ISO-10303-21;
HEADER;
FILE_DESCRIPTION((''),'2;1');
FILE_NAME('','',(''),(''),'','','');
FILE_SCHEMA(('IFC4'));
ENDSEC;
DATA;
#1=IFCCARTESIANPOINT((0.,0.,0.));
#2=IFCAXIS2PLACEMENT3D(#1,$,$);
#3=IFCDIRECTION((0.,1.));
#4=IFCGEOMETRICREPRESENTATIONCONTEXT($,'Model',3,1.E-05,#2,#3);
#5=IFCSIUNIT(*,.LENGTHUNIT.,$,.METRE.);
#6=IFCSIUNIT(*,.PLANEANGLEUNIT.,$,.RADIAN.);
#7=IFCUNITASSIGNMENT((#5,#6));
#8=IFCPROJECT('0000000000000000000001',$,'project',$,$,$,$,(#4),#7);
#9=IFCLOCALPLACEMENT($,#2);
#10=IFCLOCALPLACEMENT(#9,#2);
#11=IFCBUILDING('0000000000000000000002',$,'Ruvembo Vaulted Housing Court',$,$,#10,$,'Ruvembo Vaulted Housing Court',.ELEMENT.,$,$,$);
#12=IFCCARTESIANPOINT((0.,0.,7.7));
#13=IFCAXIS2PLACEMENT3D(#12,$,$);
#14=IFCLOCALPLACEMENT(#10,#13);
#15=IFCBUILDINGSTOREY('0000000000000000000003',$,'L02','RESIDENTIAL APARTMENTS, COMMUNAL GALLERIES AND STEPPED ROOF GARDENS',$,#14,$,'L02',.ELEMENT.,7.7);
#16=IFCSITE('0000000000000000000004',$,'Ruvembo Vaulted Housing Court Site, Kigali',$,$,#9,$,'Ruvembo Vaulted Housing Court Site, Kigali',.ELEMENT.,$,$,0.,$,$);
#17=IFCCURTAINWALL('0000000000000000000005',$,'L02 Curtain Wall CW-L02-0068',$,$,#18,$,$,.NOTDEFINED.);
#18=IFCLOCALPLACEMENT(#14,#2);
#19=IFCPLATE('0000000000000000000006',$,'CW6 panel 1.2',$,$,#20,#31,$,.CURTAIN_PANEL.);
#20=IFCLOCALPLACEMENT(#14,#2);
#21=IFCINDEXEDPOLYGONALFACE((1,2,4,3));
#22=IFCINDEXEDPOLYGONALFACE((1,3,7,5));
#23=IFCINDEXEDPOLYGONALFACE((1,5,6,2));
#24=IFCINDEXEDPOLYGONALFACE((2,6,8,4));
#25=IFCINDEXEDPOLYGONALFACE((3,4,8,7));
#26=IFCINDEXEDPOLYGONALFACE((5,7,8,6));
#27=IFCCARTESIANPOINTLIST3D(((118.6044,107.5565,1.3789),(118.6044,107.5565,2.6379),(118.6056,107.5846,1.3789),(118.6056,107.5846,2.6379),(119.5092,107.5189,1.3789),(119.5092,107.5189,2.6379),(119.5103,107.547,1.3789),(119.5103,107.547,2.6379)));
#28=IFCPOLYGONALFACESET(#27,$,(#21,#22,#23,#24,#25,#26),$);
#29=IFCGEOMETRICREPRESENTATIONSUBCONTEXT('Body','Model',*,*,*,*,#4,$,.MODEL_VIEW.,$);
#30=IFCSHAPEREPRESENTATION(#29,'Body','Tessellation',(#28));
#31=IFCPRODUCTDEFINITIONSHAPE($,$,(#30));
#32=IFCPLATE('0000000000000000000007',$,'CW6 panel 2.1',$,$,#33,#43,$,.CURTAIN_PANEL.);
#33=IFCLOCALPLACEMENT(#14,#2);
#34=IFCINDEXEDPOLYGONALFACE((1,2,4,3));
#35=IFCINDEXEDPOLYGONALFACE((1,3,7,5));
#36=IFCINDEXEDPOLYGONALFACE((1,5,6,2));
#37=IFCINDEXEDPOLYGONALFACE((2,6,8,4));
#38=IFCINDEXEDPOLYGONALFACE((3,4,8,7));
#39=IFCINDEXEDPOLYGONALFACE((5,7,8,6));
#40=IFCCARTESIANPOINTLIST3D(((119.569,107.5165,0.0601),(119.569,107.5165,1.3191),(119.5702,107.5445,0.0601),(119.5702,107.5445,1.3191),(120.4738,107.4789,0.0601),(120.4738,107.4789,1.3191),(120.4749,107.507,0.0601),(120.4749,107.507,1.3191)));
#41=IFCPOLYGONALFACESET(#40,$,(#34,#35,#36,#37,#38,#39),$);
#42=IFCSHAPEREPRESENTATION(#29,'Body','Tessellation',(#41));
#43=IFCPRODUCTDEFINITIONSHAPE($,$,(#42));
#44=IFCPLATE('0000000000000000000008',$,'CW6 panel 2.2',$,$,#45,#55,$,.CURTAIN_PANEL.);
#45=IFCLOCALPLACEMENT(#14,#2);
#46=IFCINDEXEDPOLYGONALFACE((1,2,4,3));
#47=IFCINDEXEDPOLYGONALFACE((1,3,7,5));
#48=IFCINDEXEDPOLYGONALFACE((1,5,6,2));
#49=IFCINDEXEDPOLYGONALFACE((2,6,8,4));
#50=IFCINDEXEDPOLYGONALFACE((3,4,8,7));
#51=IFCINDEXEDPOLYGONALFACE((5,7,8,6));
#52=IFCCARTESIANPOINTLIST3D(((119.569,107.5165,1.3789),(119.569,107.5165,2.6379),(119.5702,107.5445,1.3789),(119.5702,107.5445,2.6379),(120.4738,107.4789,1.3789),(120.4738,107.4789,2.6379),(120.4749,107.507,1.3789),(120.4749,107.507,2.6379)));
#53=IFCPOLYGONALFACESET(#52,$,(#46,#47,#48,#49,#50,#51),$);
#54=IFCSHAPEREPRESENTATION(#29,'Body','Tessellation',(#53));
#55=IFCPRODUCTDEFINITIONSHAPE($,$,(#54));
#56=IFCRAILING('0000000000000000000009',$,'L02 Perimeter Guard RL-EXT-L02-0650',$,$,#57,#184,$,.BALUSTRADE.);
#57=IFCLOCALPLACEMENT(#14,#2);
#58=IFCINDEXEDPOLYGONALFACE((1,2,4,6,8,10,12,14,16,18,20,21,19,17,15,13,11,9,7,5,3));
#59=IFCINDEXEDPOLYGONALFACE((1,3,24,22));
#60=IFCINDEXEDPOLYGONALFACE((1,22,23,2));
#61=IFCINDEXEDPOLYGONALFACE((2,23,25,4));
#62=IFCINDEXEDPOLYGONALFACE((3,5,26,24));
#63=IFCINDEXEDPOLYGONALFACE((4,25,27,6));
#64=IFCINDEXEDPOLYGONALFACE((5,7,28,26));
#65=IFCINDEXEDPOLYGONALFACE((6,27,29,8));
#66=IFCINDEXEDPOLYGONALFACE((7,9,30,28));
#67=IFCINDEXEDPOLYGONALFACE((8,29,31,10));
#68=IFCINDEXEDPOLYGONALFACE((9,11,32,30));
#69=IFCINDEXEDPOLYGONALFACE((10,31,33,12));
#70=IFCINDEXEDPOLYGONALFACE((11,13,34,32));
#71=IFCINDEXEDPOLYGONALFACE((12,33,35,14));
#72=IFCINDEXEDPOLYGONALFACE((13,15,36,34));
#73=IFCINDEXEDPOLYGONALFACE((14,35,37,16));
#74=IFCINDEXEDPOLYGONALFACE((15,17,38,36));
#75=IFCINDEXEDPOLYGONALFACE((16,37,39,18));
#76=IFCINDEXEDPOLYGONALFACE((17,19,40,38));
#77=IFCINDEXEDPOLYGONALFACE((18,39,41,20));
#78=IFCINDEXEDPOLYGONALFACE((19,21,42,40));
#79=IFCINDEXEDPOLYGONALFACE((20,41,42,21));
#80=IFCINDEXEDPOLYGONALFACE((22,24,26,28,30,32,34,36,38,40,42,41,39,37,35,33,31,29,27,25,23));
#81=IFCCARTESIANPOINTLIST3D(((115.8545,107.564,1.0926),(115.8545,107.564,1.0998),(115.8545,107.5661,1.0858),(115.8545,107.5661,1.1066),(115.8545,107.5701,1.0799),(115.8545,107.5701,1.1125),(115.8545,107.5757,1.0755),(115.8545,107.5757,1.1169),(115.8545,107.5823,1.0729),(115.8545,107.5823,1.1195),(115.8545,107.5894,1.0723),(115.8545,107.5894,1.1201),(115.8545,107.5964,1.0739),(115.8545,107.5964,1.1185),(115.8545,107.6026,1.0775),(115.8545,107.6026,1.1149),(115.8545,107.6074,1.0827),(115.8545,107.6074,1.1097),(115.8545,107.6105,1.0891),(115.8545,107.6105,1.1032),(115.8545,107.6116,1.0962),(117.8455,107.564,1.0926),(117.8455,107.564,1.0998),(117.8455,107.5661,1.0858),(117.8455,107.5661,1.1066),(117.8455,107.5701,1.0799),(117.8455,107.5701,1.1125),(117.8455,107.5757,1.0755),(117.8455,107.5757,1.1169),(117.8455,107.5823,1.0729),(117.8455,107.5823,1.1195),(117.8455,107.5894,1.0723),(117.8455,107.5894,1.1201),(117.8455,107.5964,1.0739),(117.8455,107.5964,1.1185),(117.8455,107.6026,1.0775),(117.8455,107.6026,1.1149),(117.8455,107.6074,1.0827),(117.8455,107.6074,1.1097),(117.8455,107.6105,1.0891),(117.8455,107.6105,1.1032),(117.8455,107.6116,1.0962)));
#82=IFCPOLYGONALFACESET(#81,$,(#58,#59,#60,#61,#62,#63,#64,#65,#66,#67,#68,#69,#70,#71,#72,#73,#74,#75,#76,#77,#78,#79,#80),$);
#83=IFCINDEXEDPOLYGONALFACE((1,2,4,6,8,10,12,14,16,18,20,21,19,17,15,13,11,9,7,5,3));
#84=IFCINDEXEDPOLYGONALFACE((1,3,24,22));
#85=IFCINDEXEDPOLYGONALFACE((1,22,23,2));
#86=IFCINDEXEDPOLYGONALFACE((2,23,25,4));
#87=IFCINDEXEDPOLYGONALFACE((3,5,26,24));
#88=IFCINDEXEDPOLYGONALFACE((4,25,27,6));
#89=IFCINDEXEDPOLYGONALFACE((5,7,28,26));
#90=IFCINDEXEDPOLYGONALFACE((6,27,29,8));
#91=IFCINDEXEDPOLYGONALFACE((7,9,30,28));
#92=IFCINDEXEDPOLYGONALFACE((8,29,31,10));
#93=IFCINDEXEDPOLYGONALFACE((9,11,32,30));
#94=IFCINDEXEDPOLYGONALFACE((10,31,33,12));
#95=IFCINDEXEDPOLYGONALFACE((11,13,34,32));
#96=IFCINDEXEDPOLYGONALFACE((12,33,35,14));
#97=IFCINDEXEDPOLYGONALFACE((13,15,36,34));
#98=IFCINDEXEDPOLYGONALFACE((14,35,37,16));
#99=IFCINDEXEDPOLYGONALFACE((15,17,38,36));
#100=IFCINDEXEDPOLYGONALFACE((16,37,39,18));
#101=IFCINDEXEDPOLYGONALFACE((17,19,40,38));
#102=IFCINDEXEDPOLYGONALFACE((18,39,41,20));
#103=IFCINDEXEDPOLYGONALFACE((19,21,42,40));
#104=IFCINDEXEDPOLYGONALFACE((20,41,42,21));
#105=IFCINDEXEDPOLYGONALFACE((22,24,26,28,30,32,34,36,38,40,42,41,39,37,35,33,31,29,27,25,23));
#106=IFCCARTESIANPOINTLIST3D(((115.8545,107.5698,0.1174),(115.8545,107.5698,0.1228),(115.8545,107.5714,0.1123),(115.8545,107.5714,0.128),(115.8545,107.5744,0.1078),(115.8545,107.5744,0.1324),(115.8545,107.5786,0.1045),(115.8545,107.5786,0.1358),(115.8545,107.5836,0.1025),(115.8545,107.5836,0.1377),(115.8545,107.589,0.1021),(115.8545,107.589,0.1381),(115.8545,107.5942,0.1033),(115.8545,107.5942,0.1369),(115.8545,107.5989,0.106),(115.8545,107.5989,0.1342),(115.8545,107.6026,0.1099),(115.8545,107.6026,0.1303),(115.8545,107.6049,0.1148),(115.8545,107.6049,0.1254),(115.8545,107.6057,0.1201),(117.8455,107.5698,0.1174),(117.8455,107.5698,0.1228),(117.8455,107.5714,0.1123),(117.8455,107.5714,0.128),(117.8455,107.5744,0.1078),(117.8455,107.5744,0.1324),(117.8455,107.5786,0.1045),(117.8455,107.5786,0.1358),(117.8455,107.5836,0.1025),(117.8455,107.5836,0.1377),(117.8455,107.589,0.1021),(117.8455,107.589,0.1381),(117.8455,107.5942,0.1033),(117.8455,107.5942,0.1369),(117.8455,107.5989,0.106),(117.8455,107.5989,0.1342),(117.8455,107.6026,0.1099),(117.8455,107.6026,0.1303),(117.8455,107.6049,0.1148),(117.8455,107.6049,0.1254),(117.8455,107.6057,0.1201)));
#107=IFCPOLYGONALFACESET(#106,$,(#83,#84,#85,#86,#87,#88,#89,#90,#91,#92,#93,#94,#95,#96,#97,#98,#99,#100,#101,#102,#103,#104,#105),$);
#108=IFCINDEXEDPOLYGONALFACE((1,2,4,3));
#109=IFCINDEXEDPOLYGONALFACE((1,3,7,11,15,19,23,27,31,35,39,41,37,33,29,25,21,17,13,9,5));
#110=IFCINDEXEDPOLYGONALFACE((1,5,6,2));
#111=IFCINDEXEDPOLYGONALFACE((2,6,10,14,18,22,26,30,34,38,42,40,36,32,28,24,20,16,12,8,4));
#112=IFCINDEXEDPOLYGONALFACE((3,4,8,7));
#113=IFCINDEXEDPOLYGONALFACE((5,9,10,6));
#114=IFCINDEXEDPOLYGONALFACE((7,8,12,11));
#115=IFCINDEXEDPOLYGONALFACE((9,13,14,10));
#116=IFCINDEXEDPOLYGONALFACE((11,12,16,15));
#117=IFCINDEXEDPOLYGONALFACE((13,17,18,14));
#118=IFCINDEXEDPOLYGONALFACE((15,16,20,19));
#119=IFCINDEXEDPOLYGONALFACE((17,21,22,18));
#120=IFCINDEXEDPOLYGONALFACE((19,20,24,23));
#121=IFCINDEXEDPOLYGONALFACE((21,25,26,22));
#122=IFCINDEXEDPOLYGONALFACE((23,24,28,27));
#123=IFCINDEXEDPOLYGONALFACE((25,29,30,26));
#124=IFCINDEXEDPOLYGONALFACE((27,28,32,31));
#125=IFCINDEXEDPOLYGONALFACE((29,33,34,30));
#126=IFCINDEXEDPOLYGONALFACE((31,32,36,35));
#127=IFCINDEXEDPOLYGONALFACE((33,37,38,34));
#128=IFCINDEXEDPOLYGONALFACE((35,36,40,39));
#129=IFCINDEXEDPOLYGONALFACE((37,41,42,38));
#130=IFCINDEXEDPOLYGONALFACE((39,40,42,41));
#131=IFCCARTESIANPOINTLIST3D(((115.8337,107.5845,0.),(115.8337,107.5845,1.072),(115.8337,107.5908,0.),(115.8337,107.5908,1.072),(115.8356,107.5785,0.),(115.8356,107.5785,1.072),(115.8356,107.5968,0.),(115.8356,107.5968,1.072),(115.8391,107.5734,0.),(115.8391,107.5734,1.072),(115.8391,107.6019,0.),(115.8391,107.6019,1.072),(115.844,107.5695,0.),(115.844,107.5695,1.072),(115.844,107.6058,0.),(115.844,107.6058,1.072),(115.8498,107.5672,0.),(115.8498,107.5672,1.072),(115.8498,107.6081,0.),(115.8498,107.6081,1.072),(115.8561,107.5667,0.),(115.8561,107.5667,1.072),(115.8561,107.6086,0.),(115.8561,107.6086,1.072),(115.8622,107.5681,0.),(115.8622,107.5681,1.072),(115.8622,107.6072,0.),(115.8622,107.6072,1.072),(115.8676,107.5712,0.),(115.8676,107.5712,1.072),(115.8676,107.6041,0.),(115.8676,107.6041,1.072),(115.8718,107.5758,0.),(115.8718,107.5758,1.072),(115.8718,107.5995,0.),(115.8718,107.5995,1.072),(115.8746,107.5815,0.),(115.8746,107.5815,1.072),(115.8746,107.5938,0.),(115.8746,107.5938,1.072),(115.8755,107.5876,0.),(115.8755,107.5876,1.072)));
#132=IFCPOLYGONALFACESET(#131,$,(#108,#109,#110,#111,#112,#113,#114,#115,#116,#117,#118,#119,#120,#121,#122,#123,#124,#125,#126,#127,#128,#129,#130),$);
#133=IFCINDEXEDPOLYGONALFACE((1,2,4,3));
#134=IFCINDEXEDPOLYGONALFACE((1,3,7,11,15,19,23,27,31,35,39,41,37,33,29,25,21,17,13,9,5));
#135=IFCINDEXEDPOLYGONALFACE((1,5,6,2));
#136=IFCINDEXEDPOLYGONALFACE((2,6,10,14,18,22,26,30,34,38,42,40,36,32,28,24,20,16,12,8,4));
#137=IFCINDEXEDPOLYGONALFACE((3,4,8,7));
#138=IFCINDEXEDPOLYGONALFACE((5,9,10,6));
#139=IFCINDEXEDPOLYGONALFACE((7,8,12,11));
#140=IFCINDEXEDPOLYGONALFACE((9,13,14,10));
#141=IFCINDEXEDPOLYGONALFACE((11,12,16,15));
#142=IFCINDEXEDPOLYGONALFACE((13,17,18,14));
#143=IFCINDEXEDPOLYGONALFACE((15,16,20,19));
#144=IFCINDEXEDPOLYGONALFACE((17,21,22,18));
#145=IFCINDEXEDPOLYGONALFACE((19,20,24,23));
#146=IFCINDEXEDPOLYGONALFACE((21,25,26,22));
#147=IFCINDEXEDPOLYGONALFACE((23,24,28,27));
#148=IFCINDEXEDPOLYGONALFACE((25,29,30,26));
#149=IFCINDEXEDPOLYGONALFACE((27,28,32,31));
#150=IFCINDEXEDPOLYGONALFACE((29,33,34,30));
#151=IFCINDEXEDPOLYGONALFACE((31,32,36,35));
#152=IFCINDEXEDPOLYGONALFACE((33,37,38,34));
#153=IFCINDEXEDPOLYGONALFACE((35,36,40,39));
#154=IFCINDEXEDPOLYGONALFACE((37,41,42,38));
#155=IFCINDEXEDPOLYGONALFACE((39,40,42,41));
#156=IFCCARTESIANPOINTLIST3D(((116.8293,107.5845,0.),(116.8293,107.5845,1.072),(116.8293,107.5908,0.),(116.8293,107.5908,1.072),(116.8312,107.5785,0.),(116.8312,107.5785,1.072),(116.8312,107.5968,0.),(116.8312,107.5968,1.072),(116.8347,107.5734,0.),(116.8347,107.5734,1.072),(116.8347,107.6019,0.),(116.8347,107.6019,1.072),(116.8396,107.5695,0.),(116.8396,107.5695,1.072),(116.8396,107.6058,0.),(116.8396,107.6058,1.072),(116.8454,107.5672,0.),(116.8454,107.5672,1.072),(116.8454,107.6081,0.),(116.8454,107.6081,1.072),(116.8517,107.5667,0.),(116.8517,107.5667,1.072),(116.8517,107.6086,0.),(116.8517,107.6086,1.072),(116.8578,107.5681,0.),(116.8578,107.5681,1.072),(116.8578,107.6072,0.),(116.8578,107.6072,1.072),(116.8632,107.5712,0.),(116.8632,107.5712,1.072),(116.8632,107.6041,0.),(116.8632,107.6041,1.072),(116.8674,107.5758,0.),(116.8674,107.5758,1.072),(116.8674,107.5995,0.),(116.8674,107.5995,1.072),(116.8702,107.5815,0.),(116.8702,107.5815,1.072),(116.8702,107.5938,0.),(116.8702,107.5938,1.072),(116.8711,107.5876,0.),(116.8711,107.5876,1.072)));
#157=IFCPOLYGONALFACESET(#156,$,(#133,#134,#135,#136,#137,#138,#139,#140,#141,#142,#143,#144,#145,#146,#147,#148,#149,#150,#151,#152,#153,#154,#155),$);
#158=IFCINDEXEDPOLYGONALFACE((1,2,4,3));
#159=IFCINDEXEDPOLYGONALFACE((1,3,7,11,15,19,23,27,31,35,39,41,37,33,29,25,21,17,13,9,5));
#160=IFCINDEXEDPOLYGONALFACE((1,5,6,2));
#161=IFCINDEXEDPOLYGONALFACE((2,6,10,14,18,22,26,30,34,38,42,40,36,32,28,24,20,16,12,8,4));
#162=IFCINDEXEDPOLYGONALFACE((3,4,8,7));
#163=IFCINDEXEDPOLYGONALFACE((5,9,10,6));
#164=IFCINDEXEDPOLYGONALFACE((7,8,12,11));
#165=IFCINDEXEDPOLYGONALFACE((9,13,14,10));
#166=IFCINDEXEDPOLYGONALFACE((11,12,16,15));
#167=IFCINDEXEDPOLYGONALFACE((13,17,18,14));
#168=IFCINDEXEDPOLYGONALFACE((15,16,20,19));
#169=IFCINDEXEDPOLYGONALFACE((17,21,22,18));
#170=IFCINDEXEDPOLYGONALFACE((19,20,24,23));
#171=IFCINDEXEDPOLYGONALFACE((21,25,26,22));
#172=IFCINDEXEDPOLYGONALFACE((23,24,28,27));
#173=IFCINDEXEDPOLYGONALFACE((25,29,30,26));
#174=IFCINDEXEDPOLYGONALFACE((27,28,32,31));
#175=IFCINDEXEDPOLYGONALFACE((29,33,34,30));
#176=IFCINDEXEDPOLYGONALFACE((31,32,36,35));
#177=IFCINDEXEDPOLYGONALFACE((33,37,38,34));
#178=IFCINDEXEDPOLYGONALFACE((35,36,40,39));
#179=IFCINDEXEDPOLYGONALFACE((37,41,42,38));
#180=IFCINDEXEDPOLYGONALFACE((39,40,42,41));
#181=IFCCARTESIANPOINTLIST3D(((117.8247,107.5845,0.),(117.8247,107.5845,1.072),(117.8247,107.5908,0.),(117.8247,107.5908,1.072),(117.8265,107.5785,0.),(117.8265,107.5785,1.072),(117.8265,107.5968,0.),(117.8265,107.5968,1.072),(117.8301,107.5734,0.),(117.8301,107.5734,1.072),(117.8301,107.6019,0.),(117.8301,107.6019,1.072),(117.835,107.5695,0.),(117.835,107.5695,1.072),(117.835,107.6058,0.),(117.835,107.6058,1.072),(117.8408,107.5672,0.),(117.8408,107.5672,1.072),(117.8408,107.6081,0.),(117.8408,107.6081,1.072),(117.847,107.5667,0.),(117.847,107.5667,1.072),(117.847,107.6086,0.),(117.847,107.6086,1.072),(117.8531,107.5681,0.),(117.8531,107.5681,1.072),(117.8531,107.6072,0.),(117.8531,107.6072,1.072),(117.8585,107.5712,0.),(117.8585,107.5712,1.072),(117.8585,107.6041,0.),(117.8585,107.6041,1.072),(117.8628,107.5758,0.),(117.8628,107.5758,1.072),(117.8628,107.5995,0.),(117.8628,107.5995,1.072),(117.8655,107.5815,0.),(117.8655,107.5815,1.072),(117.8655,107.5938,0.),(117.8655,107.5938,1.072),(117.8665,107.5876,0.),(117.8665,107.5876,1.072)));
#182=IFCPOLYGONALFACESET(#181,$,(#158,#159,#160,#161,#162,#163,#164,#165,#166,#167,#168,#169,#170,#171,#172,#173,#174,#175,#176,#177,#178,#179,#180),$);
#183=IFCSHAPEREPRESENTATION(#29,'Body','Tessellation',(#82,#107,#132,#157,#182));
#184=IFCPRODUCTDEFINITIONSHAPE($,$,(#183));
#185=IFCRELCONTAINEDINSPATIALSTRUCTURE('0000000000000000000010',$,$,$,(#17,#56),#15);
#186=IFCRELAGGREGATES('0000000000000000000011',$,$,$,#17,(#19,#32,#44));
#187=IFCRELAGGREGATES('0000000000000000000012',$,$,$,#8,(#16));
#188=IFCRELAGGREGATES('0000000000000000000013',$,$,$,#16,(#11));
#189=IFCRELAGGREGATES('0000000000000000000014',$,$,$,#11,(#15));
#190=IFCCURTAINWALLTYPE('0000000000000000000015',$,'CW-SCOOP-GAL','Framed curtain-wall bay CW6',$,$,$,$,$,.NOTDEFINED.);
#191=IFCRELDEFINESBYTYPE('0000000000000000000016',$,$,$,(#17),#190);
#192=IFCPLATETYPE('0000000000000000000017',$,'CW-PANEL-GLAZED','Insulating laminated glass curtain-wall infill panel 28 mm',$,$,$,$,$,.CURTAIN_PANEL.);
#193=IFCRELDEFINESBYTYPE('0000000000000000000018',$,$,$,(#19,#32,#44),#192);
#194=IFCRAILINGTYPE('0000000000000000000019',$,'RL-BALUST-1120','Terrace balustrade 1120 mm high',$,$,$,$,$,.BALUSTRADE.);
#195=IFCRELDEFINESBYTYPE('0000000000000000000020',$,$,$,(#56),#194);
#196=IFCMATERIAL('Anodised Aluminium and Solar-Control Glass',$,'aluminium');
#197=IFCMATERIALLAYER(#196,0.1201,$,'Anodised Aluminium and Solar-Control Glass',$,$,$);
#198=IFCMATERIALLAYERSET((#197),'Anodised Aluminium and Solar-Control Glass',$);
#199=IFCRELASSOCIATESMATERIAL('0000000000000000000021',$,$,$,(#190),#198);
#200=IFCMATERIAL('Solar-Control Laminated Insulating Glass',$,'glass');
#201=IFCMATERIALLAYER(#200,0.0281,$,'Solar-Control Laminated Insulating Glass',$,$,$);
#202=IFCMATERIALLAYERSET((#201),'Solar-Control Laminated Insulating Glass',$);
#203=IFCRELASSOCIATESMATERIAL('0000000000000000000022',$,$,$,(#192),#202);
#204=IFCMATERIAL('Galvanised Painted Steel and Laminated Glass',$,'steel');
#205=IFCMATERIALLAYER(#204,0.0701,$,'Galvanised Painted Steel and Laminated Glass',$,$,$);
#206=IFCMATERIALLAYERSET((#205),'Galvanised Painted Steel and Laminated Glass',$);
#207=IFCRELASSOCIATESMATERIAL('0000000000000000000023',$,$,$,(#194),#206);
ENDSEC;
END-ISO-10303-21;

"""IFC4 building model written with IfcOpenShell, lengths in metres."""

from ifc_helpers import new_model, si_unit, direction, frame, origin, origin_2d, place, context, subcontext, project, spatial, rectangle, circle, extrude, material, layer, layer_set, type_object, element, aggregate, save


model = new_model("IFC4")

# Units and contexts
model_context = context("Model", 3, precision=1e-05, world=origin(), true_north=direction((0.0, 1.0)))
body_context = subcontext(model_context, "Body", "Model", "MODEL_VIEW")
ifc_project = project(units=[si_unit("LENGTHUNIT", "METRE"), si_unit("PLANEANGLEUNIT", "RADIAN")], contexts=[model_context])

# Site, building, storey
site_placement = place(None, origin())
site = spatial("IfcSite", under=ifc_project, at=site_placement, Name="Ruvembo Vaulted Housing Court Site, Kigali", LongName="Ruvembo Vaulted Housing Court Site, Kigali", CompositionType="ELEMENT", RefElevation=0.0)
building_placement = place(site_placement, origin())
building = spatial("IfcBuilding", under=site, at=building_placement, Name="Ruvembo Vaulted Housing Court", LongName="Ruvembo Vaulted Housing Court", CompositionType="ELEMENT")
storey_placement = place(building_placement, frame((0.0, 0.0, 7.7)))
storey = spatial("IfcBuildingStorey", under=building, at=storey_placement, Name="L02", Description="RESIDENTIAL APARTMENTS, COMMUNAL GALLERIES AND STEPPED ROOF GARDENS", LongName="L02", CompositionType="ELEMENT", Elevation=7.7)

# Curtain wall, plates
ifc_material_1 = material(Name="Anodised Aluminium and Solar-Control Glass", Category="aluminium")
ifc_layer_1 = layer(ifc_material_1, 0.1201, Name="Anodised Aluminium and Solar-Control Glass")
ifc_layer_set_1 = layer_set([ifc_layer_1], Name="Anodised Aluminium and Solar-Control Glass")
curtain_wall_type = type_object("IfcCurtainWallType", Name="CW-SCOOP-GAL", Description="Framed curtain-wall bay CW6", PredefinedType="NOTDEFINED", material=ifc_layer_set_1)
curtain_wall_placement = place(storey_placement, origin())
curtain_wall = element("IfcCurtainWall", 1, at=curtain_wall_placement, inside=storey, type_object=curtain_wall_type, Name="L02 Curtain Wall CW-L02-0068", PredefinedType="NOTDEFINED")
ifc_material_2 = material(Name="Solar-Control Laminated Insulating Glass", Category="glass")
ifc_layer_2 = layer(ifc_material_2, 0.0281, Name="Solar-Control Laminated Insulating Glass")
ifc_layer_set_2 = layer_set([ifc_layer_2], Name="Solar-Control Laminated Insulating Glass")
plate_type = type_object("IfcPlateType", Name="CW-PANEL-GLAZED", Description="Insulating laminated glass curtain-wall infill panel 28 mm", PredefinedType="CURTAIN_PANEL", material=ifc_layer_set_2)
plate_1_placement = place(storey_placement, frame((119.0574, 107.5518, 1.3789), z_axis=(0.0, 0.0, 1.0), x_axis=(0.999139, -0.041491, 0.0)))
plate_1 = element("IfcPlate", 2, at=plate_1_placement, type_object=plate_type, Name="CW6 panel 1.2", PredefinedType="CURTAIN_PANEL", context=body_context, shape_type="SweptSolid", body=[
    extrude(rectangle(XDim=0.9055, YDim=0.0281, at=origin_2d()), origin(), (0.0, 0.0, 1.0), 1.259),
])
plate_2_placement = place(storey_placement, frame((120.022, 107.5117, 0.0601), z_axis=(0.0, 0.0, 1.0), x_axis=(0.999139, -0.041491, 0.0)))
plate_2 = element("IfcPlate", 3, at=plate_2_placement, type_object=plate_type, Name="CW6 panel 2.1", PredefinedType="CURTAIN_PANEL", context=body_context, shape_type="SweptSolid", body=[
    extrude(rectangle(XDim=0.9055, YDim=0.0281, at=origin_2d()), origin(), (0.0, 0.0, 1.0), 1.259),
])
plate_3_placement = place(storey_placement, frame((120.022, 107.5117, 1.3789), z_axis=(0.0, 0.0, 1.0), x_axis=(0.999139, -0.041491, 0.0)))
plate_3 = element("IfcPlate", 4, at=plate_3_placement, type_object=plate_type, Name="CW6 panel 2.2", PredefinedType="CURTAIN_PANEL", context=body_context, shape_type="SweptSolid", body=[
    extrude(rectangle(XDim=0.9055, YDim=0.0281, at=origin_2d()), origin(), (0.0, 0.0, 1.0), 1.259),
])
aggregate(curtain_wall, [plate_1, plate_2, plate_3])

# Railing
ifc_material_3 = material(Name="Galvanised Painted Steel and Laminated Glass", Category="steel")
ifc_layer_3 = layer(ifc_material_3, 0.0701, Name="Galvanised Painted Steel and Laminated Glass")
ifc_layer_set_3 = layer_set([ifc_layer_3], Name="Galvanised Painted Steel and Laminated Glass")
railing_type = type_object("IfcRailingType", Name="RL-BALUST-1120", Description="Terrace balustrade 1120 mm high", PredefinedType="BALUSTRADE", material=ifc_layer_set_3)
railing_1_placement = place(storey_placement, frame((115.8545, 107.5876, 0.0)))
element("IfcRailing", 5, at=railing_1_placement, inside=storey, type_object=railing_type, Name="L02 Perimeter Guard RL-EXT-L02-0650", PredefinedType="BALUSTRADE", context=body_context, shape_type="SweptSolid", body=[
    extrude(circle(Radius=0.0239, at=origin_2d()), frame((0.0, 0.0, 1.0962), z_axis=(1.0, 0.0, 0.0), x_axis=(0.0, 1.0, 0.0)), (0.0, 0.0, 1.0), 1.991),
    extrude(circle(Radius=0.0181, at=origin_2d()), frame((0.0, 0.0, 0.1201), z_axis=(1.0, 0.0, 0.0), x_axis=(0.0, 1.0, 0.0)), (0.0, 0.0, 1.0), 1.991),
    extrude(circle(Radius=0.021, at=origin_2d()), origin(), (0.0, 0.0, 1.0), 1.072),
    extrude(circle(Radius=0.021, at=origin_2d()), frame((0.9956, 0.0, 0.0)), (0.0, 0.0, 1.0), 1.072),
    extrude(circle(Radius=0.021, at=origin_2d()), frame((1.991, 0.0, 0.0)), (0.0, 0.0, 1.0), 1.072),
])

save(model, "model.ifc")
